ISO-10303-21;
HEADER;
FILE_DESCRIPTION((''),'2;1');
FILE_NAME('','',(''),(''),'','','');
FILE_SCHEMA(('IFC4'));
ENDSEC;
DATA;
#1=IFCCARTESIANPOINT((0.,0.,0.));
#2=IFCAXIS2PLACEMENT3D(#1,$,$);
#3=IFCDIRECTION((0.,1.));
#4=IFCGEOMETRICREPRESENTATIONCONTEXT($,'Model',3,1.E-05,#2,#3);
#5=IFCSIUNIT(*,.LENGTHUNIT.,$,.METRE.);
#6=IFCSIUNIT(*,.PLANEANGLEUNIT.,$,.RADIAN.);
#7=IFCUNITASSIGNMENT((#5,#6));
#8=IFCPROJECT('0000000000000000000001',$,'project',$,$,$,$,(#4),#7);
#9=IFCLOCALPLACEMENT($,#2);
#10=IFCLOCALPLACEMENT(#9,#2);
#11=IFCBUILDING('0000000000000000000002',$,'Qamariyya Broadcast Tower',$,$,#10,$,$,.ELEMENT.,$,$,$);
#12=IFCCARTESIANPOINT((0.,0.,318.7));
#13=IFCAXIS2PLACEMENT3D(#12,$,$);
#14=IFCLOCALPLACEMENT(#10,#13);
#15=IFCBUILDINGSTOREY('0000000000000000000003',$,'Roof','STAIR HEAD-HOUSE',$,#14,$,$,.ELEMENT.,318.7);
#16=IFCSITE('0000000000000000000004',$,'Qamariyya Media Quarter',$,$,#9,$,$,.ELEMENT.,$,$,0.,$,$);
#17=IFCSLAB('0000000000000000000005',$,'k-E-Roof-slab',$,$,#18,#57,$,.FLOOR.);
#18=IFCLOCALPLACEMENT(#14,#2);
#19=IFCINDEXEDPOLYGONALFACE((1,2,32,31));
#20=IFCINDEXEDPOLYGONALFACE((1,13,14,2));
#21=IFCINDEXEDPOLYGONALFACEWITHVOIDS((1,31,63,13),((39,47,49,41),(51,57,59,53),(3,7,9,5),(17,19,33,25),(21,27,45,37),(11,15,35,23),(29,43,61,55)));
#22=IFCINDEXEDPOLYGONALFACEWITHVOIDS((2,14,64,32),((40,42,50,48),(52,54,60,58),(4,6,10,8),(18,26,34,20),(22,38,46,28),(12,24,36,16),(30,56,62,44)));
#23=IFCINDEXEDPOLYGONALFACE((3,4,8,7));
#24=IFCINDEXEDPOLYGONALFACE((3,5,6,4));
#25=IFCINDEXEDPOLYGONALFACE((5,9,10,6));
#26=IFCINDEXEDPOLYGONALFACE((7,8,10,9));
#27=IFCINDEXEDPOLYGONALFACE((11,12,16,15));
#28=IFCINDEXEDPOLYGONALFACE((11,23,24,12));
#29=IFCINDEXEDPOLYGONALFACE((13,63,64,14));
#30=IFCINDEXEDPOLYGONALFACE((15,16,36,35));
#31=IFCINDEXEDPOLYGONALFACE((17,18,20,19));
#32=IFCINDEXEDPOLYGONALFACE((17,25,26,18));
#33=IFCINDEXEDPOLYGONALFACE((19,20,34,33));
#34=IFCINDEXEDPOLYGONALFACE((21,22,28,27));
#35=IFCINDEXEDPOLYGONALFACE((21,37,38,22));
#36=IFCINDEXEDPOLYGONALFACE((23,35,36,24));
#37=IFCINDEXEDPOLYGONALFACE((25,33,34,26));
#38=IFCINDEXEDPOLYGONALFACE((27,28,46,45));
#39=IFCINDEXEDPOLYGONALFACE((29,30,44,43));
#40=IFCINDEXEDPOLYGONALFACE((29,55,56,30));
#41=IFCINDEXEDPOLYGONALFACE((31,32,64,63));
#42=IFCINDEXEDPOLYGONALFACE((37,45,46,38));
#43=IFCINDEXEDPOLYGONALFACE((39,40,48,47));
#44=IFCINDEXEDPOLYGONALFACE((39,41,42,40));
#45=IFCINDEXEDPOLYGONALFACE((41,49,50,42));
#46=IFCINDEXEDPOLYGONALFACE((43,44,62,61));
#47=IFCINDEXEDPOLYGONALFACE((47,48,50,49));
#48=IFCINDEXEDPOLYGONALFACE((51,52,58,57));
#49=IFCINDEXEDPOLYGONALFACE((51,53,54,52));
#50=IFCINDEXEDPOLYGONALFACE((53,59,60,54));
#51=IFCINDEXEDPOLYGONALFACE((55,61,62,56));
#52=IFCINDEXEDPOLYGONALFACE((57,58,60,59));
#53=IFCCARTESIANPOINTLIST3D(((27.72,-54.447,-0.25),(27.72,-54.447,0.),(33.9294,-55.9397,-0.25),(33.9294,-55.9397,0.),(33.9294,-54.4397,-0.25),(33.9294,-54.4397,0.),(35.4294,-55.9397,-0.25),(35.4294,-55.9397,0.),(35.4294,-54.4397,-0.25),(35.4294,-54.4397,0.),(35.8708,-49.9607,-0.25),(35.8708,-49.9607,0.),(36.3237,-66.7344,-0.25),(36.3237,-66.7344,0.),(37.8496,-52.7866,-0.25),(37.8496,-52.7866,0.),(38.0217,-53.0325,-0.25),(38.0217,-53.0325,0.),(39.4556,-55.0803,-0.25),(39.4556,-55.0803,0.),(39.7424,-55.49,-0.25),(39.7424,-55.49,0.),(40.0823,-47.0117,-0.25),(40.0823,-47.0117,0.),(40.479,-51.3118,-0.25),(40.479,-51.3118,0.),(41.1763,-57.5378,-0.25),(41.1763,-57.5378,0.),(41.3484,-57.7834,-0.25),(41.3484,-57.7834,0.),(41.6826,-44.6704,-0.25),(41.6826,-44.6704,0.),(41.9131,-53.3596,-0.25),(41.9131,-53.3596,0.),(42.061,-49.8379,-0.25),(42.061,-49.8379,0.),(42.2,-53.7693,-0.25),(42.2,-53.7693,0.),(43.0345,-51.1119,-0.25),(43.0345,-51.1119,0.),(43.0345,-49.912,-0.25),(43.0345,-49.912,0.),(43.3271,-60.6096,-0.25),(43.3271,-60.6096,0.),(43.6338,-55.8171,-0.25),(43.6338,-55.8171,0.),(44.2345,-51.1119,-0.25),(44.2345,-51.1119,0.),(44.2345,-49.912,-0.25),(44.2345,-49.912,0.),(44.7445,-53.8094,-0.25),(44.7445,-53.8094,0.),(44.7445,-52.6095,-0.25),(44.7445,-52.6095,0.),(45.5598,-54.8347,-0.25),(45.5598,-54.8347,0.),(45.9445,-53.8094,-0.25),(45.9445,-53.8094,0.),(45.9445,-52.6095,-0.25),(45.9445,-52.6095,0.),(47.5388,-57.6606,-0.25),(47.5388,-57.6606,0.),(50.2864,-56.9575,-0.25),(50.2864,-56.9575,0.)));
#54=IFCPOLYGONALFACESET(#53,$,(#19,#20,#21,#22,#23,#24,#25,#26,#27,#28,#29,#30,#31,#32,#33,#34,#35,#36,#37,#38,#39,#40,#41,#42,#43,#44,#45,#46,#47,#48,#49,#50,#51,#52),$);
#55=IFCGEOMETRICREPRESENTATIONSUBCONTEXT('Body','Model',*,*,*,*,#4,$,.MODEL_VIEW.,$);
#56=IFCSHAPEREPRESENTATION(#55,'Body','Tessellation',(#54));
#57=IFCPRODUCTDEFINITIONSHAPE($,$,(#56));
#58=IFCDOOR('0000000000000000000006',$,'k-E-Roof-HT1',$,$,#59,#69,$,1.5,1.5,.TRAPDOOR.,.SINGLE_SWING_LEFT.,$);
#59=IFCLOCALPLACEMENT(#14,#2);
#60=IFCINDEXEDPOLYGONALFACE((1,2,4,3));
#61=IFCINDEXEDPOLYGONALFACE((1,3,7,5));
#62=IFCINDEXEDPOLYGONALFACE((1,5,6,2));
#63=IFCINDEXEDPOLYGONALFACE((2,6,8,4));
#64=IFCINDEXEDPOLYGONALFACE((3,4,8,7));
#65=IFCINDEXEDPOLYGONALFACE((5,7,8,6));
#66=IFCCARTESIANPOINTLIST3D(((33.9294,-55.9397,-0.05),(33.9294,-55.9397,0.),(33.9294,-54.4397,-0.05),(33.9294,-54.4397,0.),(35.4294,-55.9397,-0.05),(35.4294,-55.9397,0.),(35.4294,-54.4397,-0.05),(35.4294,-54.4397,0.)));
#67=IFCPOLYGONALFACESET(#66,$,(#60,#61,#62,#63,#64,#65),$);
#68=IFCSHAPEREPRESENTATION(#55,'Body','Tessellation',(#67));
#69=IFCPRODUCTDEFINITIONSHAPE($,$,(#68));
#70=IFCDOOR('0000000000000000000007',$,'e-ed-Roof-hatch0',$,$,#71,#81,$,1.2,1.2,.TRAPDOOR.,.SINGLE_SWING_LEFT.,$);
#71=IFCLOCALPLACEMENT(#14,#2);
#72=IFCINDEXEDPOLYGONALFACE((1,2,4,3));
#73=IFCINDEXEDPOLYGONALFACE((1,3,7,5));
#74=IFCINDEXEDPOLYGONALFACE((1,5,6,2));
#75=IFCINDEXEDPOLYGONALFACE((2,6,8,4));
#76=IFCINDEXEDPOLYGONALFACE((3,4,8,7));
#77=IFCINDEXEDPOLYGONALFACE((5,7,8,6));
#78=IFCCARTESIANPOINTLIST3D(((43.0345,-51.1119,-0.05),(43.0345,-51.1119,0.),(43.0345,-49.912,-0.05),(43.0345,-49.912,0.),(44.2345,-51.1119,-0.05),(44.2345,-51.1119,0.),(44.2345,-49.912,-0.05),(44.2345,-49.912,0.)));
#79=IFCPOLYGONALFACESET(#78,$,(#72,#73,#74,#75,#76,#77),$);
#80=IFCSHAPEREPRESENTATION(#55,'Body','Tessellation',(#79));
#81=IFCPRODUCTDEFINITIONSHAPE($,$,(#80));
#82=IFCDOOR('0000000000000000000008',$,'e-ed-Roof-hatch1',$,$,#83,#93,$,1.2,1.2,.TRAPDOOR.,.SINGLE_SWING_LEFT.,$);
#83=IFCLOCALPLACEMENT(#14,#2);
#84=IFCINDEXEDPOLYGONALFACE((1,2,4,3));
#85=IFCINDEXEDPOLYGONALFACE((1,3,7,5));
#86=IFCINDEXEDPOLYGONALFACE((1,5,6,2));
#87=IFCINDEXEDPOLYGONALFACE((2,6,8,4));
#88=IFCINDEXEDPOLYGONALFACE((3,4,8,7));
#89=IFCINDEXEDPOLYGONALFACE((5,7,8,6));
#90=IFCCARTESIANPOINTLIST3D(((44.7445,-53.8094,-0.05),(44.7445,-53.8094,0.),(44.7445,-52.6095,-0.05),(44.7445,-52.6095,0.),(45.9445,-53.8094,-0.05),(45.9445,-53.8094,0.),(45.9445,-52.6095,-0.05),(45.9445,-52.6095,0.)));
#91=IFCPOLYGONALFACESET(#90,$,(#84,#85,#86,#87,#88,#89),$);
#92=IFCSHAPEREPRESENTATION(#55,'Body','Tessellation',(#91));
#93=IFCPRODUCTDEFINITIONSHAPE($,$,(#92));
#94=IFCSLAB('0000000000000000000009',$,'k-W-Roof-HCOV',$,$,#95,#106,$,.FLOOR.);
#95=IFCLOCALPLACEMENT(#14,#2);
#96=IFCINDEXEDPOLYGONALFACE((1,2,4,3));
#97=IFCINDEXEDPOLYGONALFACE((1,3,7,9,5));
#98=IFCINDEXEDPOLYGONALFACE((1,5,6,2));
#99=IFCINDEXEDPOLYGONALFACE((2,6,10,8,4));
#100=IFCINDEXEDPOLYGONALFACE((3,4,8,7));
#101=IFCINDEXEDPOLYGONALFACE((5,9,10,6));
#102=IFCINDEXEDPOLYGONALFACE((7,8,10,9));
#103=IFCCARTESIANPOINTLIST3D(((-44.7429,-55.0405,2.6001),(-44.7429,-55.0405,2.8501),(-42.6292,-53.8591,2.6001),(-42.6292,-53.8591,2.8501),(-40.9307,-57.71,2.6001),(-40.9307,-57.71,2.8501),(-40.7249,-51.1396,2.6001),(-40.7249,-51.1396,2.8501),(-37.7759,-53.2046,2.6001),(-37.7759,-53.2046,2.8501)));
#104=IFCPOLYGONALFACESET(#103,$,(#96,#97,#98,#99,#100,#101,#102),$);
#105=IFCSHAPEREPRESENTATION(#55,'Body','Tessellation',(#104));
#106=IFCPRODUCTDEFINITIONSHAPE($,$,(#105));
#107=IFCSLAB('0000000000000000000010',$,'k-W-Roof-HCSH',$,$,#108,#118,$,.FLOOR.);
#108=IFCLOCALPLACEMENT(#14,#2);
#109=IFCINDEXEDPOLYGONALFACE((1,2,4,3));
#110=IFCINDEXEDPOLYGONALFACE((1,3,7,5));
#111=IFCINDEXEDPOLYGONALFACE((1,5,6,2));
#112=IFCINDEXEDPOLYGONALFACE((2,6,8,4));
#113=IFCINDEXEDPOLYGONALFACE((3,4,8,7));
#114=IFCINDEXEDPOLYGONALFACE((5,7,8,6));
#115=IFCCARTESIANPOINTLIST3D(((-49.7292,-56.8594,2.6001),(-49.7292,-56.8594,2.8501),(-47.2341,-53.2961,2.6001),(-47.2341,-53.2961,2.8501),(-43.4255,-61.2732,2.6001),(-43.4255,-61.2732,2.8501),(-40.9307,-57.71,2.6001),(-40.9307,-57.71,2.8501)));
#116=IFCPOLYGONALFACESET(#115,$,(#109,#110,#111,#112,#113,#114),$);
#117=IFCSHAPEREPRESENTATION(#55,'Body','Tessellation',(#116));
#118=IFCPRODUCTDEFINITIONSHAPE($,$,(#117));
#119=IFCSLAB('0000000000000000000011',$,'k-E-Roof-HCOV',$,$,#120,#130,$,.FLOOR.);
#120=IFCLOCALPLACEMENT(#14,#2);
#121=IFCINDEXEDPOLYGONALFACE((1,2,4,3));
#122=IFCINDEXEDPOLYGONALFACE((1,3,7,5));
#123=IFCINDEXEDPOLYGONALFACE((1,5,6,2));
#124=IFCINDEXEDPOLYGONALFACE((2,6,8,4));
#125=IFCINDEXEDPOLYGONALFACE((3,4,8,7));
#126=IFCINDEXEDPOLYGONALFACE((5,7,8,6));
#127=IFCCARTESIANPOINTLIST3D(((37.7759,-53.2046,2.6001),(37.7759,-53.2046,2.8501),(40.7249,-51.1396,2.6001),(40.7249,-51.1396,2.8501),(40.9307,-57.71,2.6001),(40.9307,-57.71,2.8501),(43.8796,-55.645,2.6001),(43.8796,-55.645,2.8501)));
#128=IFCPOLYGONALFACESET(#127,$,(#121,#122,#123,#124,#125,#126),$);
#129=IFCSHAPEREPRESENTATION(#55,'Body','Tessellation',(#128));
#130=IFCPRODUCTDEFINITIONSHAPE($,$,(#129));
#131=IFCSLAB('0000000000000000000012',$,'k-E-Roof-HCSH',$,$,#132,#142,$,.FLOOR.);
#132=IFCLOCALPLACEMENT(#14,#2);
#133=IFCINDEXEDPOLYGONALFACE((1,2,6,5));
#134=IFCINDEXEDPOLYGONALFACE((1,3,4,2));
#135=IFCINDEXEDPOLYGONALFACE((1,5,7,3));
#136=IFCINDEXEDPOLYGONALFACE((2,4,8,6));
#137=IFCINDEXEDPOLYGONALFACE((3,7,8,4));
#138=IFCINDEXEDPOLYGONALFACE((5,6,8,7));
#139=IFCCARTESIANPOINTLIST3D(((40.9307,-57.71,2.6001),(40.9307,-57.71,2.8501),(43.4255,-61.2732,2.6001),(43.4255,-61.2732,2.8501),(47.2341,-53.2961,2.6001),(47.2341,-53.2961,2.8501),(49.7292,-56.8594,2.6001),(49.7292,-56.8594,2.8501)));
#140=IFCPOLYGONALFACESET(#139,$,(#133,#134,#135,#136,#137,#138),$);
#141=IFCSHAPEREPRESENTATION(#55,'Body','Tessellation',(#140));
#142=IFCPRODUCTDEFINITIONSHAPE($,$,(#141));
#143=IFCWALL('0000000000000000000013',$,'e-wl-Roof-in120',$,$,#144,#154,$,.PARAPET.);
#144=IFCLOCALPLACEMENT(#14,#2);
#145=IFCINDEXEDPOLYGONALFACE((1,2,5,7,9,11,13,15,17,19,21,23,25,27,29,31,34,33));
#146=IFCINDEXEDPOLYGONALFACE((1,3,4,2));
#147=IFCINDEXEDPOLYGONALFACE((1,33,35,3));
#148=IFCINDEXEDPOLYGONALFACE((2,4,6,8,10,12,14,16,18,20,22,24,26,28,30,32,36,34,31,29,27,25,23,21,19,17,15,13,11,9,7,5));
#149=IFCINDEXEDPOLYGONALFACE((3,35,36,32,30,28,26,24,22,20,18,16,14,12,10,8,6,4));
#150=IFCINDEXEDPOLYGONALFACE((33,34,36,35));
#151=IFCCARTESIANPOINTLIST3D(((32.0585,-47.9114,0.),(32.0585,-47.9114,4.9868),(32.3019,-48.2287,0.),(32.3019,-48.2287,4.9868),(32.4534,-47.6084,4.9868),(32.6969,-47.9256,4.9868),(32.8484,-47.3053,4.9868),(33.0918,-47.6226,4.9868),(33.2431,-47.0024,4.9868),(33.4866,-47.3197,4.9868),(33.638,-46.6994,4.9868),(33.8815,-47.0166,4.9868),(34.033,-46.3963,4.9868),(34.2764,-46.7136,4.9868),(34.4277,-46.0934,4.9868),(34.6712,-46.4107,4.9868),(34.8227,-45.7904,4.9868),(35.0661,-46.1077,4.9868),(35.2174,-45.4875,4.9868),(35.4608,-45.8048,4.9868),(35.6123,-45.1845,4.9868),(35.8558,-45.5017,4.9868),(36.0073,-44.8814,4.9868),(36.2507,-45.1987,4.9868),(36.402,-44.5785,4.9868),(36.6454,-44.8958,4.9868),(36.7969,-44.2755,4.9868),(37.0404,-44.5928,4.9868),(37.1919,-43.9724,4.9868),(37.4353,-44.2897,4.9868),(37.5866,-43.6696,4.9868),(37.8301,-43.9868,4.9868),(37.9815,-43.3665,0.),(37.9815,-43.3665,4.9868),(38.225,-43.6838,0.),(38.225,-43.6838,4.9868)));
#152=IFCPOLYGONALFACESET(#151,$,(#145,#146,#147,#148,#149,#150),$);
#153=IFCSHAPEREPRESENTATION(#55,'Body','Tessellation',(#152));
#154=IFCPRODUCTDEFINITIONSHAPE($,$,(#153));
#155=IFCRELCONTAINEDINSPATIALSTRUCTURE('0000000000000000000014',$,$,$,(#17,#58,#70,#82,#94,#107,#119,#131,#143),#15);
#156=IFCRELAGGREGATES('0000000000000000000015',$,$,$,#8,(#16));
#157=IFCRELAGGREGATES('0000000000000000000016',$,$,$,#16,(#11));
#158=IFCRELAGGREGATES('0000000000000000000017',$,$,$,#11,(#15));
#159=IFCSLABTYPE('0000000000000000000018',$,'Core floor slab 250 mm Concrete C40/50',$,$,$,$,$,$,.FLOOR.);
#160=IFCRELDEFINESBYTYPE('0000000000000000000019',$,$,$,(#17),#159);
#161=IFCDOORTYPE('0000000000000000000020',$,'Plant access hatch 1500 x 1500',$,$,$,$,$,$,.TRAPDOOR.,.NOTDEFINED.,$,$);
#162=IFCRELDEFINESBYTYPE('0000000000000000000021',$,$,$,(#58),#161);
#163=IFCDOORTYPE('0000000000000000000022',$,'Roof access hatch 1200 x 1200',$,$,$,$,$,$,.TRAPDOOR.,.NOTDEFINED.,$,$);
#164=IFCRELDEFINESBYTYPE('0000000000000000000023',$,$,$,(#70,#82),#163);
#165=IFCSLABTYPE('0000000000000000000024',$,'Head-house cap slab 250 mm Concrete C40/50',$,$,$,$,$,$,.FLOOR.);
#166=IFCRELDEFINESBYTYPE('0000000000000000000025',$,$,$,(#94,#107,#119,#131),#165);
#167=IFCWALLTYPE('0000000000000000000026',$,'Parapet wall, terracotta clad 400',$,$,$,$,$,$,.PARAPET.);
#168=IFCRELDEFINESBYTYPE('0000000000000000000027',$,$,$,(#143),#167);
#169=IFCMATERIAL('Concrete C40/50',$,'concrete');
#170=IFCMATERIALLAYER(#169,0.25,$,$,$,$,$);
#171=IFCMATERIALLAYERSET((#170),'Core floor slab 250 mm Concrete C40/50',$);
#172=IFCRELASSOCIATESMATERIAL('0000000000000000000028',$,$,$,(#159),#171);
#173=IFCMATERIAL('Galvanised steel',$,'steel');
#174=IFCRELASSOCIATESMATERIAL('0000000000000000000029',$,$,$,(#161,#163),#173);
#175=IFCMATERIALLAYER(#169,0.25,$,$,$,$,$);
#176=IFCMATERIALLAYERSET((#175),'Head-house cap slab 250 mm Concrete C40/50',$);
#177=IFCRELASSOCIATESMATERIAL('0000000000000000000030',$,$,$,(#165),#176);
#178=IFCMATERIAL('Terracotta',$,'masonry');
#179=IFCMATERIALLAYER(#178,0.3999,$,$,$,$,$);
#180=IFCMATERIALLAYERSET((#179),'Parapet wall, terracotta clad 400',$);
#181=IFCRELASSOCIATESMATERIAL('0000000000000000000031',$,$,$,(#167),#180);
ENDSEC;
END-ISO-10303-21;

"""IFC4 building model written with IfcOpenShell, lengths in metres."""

from ifc_helpers import new_model, si_unit, direction, frame, origin, origin_2d, place, context, subcontext, project, spatial, polyline, rectangle, outline, extrude, material, layer, layer_set, type_object, element, fill, save


model = new_model("IFC4")

# Units and contexts
model_context = context("Model", 3, precision=1e-05, world=origin(), true_north=direction((0.0, 1.0)))
body_context = subcontext(model_context, "Body", "Model", "MODEL_VIEW")
ifc_project = project(units=[si_unit("LENGTHUNIT", "METRE"), si_unit("PLANEANGLEUNIT", "RADIAN")], contexts=[model_context])

# Site, building, storey
site_placement = place(None, origin())
site = spatial("IfcSite", under=ifc_project, at=site_placement, Name="Qamariyya Media Quarter", CompositionType="ELEMENT", RefElevation=0.0)
building_placement = place(site_placement, origin())
building = spatial("IfcBuilding", under=site, at=building_placement, Name="Qamariyya Broadcast Tower", CompositionType="ELEMENT")
storey_placement = place(building_placement, frame((0.0, 0.0, 318.7)))
storey = spatial("IfcBuildingStorey", under=building, at=storey_placement, Name="Roof", Description="STAIR HEAD-HOUSE", CompositionType="ELEMENT", Elevation=318.7)

# Shared definitions
ifc_material_1 = material(Name="Concrete C40/50", Category="concrete")

# Slab, openings, doors
ifc_layer_1 = layer(ifc_material_1, 0.25)
ifc_layer_set_1 = layer_set([ifc_layer_1], Name="Core floor slab 250 mm Concrete C40/50")
slab_type_1 = type_object("IfcSlabType", Name="Core floor slab 250 mm Concrete C40/50", PredefinedType="FLOOR", material=ifc_layer_set_1)
ifc_material_2 = material(Name="Galvanised steel", Category="steel")
door_type_1 = type_object("IfcDoorType", Name="Plant access hatch 1500 x 1500", OperationType="NOTDEFINED", PredefinedType="TRAPDOOR", material=ifc_material_2)
door_type_2 = type_object("IfcDoorType", Name="Roof access hatch 1200 x 1200", OperationType="NOTDEFINED", PredefinedType="TRAPDOOR", material=ifc_material_2)
slab_1_placement = place(storey_placement, frame((0.0, 0.0, -0.25)))
slab_1 = element("IfcSlab", 1, at=slab_1_placement, inside=storey, type_object=slab_type_1, Name="k-E-Roof-slab", PredefinedType="FLOOR", context=body_context, shape_type="SweptSolid", body=[
    extrude(outline(polyline([(36.3237, -66.7344), (50.2864, -56.9575), (41.6826, -44.6704), (27.72, -54.447), (36.3237, -66.7344)]), holes=[polyline([(39.7424, -55.49), (42.2, -53.7693), (43.6338, -55.8171), (41.1763, -57.5378), (39.7424, -55.49)]), polyline([(39.4556, -55.0803), (41.9131, -53.3596), (40.479, -51.3118), (38.0217, -53.0325), (39.4556, -55.0803)]), polyline([(40.0823, -47.0117), (35.8708, -49.9607), (37.8496, -52.7866), (42.061, -49.8379), (40.0823, -47.0117)]), polyline([(45.5598, -54.8347), (41.3484, -57.7834), (43.3271, -60.6096), (47.5388, -57.6606), (45.5598, -54.8347)])]), origin(), (0.0, 0.0, 1.0), 0.25),
])
opening_1_placement = place(slab_1_placement, frame((34.6794, -55.1897, 0.0)))
opening_1 = element("IfcOpeningElement", 2, at=opening_1_placement, cuts=slab_1, PredefinedType="OPENING", context=body_context, shape_type="SweptSolid", body=[
    extrude(rectangle(XDim=1.5, YDim=1.5, at=origin_2d()), origin(), (0.0, 0.0, 1.0), 0.25),
])
opening_2_placement = place(slab_1_placement, frame((43.6345, -50.512, 0.0)))
opening_2 = element("IfcOpeningElement", 3, at=opening_2_placement, cuts=slab_1, PredefinedType="OPENING", context=body_context, shape_type="SweptSolid", body=[
    extrude(rectangle(XDim=1.2, YDim=1.2, at=origin_2d()), origin(), (0.0, 0.0, 1.0), 0.25),
])
opening_3_placement = place(slab_1_placement, frame((45.3445, -53.2095, 0.0)))
opening_3 = element("IfcOpeningElement", 4, at=opening_3_placement, cuts=slab_1, PredefinedType="OPENING", context=body_context, shape_type="SweptSolid", body=[
    extrude(rectangle(XDim=1.2, YDim=1.2, at=origin_2d()), origin(), (0.0, 0.0, 1.0), 0.25),
])
door_1_placement = place(opening_1_placement, frame((0.0, 0.0, 0.2)))
door_1 = element("IfcDoor", 5, at=door_1_placement, inside=storey, type_object=door_type_1, Name="k-E-Roof-HT1", OperationType="SINGLE_SWING_LEFT", OverallHeight=1.5, OverallWidth=1.5, PredefinedType="TRAPDOOR", context=body_context, shape_type="SweptSolid", body=[
    extrude(rectangle(XDim=1.5, YDim=1.5, at=origin_2d()), origin(), (0.0, 0.0, 1.0), 0.05),
])
fill(opening_1, door_1)
door_2_placement = place(opening_2_placement, frame((0.0, 0.0, 0.2)))
door_2 = element("IfcDoor", 6, at=door_2_placement, inside=storey, type_object=door_type_2, Name="e-ed-Roof-hatch0", OperationType="SINGLE_SWING_LEFT", OverallHeight=1.2, OverallWidth=1.2, PredefinedType="TRAPDOOR", context=body_context, shape_type="SweptSolid", body=[
    extrude(rectangle(XDim=1.2, YDim=1.2, at=origin_2d()), origin(), (0.0, 0.0, 1.0), 0.05),
])
fill(opening_2, door_2)
door_3_placement = place(opening_3_placement, frame((0.0, 0.0, 0.2)))
door_3 = element("IfcDoor", 7, at=door_3_placement, inside=storey, type_object=door_type_2, Name="e-ed-Roof-hatch1", OperationType="SINGLE_SWING_LEFT", OverallHeight=1.2, OverallWidth=1.2, PredefinedType="TRAPDOOR", context=body_context, shape_type="SweptSolid", body=[
    extrude(rectangle(XDim=1.2, YDim=1.2, at=origin_2d()), origin(), (0.0, 0.0, 1.0), 0.05),
])
fill(opening_3, door_3)

# Slabs
ifc_layer_2 = layer(ifc_material_1, 0.25)
ifc_layer_set_2 = layer_set([ifc_layer_2], Name="Head-house cap slab 250 mm Concrete C40/50")
slab_type_2 = type_object("IfcSlabType", Name="Head-house cap slab 250 mm Concrete C40/50", PredefinedType="FLOOR", material=ifc_layer_set_2)
slab_2_placement = place(storey_placement, frame((0.0, 0.0, 2.6001)))
element("IfcSlab", 8, at=slab_2_placement, inside=storey, type_object=slab_type_2, Name="k-W-Roof-HCOV", PredefinedType="FLOOR", context=body_context, shape_type="SweptSolid", body=[
    extrude(outline(polyline([(-42.6292, -53.8591), (-40.7249, -51.1396), (-37.7759, -53.2046), (-40.9307, -57.71), (-44.7429, -55.0405), (-42.6292, -53.8591)])), origin(), (0.0, 0.0, 1.0), 0.25),
])
slab_3_placement = place(storey_placement, frame((0.0, 0.0, 2.6001)))
element("IfcSlab", 9, at=slab_3_placement, inside=storey, type_object=slab_type_2, Name="k-W-Roof-HCSH", PredefinedType="FLOOR", context=body_context, shape_type="SweptSolid", body=[
    extrude(outline(polyline([(-43.4255, -61.2732), (-49.7292, -56.8594), (-47.2341, -53.2961), (-40.9307, -57.71), (-43.4255, -61.2732)])), origin(), (0.0, 0.0, 1.0), 0.25),
])
slab_4_placement = place(storey_placement, frame((0.0, 0.0, 2.6001)))
element("IfcSlab", 10, at=slab_4_placement, inside=storey, type_object=slab_type_2, Name="k-E-Roof-HCOV", PredefinedType="FLOOR", context=body_context, shape_type="SweptSolid", body=[
    extrude(outline(polyline([(40.9307, -57.71), (43.8796, -55.645), (40.7249, -51.1396), (37.7759, -53.2046), (40.9307, -57.71)])), origin(), (0.0, 0.0, 1.0), 0.25),
])
slab_5_placement = place(storey_placement, frame((0.0, 0.0, 2.6001)))
element("IfcSlab", 11, at=slab_5_placement, inside=storey, type_object=slab_type_2, Name="k-E-Roof-HCSH", PredefinedType="FLOOR", context=body_context, shape_type="SweptSolid", body=[
    extrude(outline(polyline([(43.4255, -61.2732), (49.7292, -56.8594), (47.2341, -53.2961), (40.9307, -57.71), (43.4255, -61.2732)])), origin(), (0.0, 0.0, 1.0), 0.25),
])

# Wall
ifc_material_3 = material(Name="Terracotta", Category="masonry")
ifc_layer_3 = layer(ifc_material_3, 0.3999)
ifc_layer_set_3 = layer_set([ifc_layer_3], Name="Parapet wall, terracotta clad 400")
wall_type = type_object("IfcWallType", Name="Parapet wall, terracotta clad 400", PredefinedType="PARAPET", material=ifc_layer_set_3)
wall_1_placement = place(storey_placement, frame((38.1033, -43.5251, 0.0), z_axis=(0.0, 0.0, 1.0), x_axis=(-0.793355, -0.608759, 0.0)))
element("IfcWall", 12, at=wall_1_placement, inside=storey, type_object=wall_type, Name="e-wl-Roof-in120", PredefinedType="PARAPET", context=body_context, shape_type="SweptSolid", body=[
    extrude(outline(polyline([(0.0, 0.0), (7.4658, 0.0), (7.4658, 4.9868), (6.968, 4.9868), (6.4702, 4.9868), (5.9727, 4.9868), (5.4749, 4.9868), (4.9771, 4.9868), (4.4795, 4.9868), (3.9817, 4.9868), (3.4841, 4.9868), (2.9863, 4.9868), (2.4885, 4.9868), (1.991, 4.9868), (1.4932, 4.9868), (0.9954, 4.9868), (0.4978, 4.9868), (0.0, 4.9868), (0.0, 0.0)])), frame((0.0, 0.2, 0.0), z_axis=(0.0, -1.0, 0.0), x_axis=(1.0, 0.0, 0.0)), (0.0, 0.0, 1.0), 0.3999),
])

save(model, "model.ifc")
